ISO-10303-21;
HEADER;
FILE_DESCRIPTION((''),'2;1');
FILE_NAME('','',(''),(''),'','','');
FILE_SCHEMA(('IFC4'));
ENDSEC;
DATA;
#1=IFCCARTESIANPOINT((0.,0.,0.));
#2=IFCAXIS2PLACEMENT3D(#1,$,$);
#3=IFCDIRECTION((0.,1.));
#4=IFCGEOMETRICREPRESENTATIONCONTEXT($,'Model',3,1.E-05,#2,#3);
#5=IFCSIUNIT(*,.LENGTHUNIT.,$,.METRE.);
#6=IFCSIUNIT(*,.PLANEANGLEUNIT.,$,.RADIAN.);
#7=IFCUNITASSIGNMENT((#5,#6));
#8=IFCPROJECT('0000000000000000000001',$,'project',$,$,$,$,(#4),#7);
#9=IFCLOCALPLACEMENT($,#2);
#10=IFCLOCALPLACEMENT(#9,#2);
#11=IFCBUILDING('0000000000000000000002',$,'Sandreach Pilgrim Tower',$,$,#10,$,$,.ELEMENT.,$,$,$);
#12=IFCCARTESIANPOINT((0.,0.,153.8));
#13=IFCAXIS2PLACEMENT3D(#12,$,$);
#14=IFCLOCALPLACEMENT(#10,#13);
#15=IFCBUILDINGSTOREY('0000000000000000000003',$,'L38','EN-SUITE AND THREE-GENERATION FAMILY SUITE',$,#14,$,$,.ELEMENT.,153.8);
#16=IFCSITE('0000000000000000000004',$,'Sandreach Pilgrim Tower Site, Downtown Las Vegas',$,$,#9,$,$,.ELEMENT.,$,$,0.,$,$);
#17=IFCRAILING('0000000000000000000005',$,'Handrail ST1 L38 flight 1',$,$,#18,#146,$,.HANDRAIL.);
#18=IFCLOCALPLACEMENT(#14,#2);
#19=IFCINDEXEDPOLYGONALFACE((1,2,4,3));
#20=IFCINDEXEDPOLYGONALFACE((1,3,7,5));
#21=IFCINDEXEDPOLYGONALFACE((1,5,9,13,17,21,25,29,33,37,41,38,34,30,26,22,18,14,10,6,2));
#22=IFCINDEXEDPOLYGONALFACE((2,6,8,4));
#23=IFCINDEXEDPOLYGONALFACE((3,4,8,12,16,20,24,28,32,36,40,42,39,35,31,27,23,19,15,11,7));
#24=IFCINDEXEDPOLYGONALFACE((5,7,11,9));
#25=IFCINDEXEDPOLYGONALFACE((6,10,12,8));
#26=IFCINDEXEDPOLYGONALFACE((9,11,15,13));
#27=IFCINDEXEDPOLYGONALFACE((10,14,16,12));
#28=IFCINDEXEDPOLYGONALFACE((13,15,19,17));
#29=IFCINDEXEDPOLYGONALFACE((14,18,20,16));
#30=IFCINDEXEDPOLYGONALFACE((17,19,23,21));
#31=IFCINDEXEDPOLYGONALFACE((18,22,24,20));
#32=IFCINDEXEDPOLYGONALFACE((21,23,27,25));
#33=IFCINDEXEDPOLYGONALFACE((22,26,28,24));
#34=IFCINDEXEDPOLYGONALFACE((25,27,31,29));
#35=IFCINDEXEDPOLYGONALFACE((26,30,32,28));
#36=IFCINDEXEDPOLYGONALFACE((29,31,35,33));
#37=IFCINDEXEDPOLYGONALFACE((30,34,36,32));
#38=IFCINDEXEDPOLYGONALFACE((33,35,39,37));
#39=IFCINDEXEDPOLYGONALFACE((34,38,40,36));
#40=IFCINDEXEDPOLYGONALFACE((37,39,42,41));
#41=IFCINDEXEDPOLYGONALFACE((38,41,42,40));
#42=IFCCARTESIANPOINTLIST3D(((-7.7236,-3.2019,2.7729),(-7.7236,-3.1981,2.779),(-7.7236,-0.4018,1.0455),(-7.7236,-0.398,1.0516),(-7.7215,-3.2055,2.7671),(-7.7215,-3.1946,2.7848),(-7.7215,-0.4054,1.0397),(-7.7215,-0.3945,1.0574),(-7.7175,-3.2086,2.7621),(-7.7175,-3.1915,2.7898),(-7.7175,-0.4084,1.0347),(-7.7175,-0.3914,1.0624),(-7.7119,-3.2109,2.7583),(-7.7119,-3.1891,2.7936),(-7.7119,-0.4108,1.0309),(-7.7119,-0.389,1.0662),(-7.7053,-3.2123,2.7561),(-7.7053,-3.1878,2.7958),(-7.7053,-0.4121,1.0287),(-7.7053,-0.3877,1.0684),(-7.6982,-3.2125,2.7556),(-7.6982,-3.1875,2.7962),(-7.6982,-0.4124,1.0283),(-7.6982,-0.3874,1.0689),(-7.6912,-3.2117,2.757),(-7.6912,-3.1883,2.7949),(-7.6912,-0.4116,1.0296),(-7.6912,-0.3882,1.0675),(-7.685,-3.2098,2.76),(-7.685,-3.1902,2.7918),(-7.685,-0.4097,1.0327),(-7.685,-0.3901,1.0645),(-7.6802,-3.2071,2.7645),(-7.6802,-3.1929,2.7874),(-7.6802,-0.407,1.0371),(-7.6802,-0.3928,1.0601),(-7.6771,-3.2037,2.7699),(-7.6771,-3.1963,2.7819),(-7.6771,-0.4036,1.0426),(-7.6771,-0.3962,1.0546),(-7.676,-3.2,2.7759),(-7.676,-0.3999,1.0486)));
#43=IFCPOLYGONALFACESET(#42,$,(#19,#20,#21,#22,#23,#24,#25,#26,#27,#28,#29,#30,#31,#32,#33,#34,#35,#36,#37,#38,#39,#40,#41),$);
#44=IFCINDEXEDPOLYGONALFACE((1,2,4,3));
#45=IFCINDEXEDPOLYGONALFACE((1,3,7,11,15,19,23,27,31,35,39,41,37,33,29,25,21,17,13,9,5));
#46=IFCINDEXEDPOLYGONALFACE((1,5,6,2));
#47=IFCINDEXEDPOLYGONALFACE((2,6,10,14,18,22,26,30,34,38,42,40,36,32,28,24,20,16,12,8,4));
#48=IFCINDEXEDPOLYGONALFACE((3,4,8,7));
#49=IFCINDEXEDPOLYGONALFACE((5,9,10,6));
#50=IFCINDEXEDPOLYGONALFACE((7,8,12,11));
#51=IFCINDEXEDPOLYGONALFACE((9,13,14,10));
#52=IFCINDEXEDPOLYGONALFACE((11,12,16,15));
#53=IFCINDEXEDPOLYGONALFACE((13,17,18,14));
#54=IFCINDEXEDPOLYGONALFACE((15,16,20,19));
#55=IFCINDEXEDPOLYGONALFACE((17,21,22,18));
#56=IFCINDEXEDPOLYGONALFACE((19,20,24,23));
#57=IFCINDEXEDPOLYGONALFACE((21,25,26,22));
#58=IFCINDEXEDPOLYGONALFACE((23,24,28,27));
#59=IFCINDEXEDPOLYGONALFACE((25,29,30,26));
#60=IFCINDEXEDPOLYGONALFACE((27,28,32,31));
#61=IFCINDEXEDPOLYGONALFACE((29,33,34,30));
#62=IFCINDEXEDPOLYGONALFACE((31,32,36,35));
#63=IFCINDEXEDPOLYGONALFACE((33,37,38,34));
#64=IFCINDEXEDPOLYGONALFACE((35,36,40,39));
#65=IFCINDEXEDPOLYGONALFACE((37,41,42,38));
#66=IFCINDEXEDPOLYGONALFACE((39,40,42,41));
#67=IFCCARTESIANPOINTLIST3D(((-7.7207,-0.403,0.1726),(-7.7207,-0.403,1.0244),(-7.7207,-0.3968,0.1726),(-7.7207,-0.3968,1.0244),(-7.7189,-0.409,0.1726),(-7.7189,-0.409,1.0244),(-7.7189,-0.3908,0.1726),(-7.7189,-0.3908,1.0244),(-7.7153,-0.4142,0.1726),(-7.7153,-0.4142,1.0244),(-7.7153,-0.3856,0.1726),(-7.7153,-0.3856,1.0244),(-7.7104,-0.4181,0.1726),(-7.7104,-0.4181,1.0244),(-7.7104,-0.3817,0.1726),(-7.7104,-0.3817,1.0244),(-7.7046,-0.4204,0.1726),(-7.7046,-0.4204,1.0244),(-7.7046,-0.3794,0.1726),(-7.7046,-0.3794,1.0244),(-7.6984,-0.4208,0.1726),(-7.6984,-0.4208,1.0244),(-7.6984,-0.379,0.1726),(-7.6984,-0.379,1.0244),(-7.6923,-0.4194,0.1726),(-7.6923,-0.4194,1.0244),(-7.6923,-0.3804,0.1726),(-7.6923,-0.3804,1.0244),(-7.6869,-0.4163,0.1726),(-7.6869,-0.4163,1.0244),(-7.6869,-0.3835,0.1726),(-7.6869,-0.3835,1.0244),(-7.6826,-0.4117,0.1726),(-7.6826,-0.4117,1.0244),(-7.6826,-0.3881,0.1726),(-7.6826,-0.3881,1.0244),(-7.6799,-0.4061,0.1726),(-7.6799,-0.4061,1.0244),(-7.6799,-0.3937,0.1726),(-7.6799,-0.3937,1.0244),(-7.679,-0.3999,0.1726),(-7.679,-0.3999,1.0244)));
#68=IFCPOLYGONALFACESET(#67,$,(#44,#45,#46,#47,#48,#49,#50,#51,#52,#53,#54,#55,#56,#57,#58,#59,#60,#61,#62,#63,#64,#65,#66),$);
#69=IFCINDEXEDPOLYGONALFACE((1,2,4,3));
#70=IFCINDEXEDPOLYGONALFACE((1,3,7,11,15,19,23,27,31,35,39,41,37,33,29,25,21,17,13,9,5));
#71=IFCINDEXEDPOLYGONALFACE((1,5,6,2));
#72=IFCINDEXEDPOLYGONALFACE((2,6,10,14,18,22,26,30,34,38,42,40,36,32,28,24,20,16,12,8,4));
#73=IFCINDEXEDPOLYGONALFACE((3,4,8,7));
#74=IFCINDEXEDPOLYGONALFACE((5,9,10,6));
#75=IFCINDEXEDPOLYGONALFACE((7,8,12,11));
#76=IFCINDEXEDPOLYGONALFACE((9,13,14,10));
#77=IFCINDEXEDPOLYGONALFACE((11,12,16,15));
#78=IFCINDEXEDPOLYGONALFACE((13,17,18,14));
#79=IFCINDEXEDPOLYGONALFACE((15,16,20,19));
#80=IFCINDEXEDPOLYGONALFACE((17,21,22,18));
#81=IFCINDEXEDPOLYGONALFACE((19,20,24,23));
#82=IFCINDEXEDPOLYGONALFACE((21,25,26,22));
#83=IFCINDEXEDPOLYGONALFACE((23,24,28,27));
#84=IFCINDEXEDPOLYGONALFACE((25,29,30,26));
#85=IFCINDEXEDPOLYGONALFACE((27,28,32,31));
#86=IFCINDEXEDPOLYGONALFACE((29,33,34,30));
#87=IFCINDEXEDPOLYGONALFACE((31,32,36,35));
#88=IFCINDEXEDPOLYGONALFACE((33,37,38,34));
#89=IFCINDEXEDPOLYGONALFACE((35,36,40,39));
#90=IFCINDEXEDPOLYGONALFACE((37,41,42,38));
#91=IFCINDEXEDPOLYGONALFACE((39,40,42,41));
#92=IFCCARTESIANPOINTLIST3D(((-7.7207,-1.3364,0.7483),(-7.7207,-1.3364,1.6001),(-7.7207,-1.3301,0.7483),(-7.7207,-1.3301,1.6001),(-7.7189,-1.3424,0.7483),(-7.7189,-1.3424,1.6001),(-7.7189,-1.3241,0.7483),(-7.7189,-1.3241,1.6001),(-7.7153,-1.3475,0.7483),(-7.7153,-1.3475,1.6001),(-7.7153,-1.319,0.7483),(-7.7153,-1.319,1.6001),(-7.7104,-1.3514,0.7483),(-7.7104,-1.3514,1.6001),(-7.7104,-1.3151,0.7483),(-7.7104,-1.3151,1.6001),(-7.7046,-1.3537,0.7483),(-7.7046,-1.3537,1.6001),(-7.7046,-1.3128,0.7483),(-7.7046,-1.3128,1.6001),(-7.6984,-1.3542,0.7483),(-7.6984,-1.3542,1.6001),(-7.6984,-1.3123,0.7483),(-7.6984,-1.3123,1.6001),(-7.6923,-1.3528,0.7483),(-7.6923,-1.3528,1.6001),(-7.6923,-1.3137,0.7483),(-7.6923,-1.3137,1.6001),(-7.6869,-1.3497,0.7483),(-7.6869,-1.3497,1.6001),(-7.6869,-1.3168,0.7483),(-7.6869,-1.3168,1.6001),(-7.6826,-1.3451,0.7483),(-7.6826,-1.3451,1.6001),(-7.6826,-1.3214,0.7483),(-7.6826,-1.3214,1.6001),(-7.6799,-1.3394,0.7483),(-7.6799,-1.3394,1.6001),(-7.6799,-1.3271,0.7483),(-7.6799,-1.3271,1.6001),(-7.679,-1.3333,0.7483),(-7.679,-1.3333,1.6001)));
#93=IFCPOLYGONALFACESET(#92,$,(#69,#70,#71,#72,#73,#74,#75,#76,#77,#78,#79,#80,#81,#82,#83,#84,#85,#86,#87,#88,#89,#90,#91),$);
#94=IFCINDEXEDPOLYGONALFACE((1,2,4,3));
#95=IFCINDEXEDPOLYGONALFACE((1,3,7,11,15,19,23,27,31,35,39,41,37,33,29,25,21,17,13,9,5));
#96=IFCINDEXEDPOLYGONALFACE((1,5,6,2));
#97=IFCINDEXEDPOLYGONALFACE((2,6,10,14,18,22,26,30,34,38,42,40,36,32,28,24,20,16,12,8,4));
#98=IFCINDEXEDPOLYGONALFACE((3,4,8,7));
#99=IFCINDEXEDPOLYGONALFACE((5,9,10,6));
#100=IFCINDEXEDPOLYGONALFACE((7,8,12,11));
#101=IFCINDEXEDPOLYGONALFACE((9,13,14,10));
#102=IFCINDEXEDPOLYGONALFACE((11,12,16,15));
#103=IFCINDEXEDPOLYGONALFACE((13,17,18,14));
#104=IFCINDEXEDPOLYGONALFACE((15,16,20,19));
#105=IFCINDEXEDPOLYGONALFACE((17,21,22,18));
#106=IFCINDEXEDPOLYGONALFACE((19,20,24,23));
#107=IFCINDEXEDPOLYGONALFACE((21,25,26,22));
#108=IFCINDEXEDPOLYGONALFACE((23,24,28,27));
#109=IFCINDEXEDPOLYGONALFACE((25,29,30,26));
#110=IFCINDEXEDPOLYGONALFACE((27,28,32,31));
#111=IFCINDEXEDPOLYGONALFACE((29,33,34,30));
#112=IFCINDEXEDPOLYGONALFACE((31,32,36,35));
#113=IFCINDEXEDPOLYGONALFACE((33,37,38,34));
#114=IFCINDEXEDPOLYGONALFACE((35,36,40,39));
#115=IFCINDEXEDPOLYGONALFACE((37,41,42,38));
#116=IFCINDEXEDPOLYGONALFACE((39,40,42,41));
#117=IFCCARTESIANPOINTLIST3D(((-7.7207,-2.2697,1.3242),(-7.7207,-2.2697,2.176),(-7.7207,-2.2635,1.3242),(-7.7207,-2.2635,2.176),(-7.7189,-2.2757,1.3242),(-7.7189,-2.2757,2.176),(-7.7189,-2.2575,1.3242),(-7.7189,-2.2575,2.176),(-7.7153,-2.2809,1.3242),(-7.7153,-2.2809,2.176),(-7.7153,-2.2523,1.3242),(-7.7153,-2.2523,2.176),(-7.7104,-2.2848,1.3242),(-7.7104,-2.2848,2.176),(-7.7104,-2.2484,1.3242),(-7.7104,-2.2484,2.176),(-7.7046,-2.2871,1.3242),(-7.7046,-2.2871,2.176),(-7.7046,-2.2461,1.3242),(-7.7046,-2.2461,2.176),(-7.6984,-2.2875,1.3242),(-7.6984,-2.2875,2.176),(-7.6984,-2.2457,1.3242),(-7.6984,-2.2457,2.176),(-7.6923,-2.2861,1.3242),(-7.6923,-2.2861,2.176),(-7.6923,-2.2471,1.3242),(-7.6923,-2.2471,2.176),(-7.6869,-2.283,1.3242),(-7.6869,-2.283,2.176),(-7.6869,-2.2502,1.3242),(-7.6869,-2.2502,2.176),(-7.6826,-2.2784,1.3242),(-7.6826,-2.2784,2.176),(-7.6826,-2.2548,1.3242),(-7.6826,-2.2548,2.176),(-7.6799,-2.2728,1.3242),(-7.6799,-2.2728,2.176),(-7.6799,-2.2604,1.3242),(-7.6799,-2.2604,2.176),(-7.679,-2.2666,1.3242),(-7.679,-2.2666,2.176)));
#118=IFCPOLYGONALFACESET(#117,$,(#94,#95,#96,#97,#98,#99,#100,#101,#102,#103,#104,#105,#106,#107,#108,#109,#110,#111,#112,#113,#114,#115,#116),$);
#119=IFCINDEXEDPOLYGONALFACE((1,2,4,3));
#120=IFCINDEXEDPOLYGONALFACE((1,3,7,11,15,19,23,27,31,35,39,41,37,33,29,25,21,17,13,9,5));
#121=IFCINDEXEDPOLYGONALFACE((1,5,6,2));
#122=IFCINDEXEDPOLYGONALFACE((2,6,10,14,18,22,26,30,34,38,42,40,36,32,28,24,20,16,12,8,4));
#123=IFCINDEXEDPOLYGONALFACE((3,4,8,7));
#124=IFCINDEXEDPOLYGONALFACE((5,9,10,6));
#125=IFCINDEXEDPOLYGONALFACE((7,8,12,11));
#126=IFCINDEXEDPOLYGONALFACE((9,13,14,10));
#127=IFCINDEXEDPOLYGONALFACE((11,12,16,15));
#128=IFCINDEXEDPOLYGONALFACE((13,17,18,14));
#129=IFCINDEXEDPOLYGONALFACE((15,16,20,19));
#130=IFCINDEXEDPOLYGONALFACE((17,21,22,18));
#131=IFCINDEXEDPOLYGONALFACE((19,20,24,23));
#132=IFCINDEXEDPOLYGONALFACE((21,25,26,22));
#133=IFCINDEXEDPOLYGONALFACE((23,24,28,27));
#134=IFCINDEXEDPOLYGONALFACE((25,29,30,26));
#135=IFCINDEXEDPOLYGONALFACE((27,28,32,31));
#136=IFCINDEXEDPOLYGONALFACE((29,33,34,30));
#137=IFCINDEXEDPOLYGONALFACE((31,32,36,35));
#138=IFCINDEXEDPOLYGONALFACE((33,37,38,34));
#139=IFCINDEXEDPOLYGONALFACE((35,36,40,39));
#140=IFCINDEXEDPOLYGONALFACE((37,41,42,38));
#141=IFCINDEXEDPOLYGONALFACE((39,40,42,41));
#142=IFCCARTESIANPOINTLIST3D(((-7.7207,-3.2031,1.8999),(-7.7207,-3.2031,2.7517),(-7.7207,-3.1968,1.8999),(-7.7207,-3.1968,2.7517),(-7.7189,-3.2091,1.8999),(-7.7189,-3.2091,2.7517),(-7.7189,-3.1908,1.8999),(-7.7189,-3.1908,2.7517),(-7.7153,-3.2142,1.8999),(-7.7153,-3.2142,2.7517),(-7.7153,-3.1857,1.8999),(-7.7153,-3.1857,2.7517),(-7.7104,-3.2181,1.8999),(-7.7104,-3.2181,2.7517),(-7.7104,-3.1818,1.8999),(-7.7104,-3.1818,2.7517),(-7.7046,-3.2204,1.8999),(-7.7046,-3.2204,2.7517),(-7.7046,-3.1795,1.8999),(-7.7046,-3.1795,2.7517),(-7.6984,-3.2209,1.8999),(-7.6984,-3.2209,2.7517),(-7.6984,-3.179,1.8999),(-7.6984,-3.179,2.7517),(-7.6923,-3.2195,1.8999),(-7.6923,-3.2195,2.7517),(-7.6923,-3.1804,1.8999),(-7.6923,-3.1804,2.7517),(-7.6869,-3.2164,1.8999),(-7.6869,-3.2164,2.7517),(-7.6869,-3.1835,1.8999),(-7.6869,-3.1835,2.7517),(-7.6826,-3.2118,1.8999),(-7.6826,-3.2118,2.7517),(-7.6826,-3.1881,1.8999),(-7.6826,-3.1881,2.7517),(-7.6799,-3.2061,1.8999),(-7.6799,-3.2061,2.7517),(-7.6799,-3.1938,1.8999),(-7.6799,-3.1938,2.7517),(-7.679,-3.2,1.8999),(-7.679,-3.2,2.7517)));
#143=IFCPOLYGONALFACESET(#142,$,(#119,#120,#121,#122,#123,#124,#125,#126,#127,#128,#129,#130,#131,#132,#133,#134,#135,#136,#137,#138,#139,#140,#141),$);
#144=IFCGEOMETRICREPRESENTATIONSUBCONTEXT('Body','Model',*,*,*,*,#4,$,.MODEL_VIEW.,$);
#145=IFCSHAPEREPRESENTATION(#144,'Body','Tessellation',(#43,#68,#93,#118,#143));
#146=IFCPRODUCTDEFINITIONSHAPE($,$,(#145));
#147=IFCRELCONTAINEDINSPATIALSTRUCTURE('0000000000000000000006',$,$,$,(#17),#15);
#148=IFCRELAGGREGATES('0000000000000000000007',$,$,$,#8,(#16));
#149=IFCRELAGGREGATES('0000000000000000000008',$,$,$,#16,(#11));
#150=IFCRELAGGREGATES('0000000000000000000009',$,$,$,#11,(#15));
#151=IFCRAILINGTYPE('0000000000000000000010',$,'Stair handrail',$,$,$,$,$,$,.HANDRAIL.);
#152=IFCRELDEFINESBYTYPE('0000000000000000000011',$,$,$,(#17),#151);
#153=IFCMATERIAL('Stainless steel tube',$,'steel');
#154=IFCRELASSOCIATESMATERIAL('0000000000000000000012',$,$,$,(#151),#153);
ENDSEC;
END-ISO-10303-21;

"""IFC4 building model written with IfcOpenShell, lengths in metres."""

from ifc_helpers import new_model, si_unit, direction, frame, origin, origin_2d, place, context, subcontext, project, spatial, circle, extrude, material, type_object, element, save


model = new_model("IFC4")

# Units and contexts
model_context = context("Model", 3, precision=1e-05, world=origin(), true_north=direction((0.0, 1.0)))
body_context = subcontext(model_context, "Body", "Model", "MODEL_VIEW")
ifc_project = project(units=[si_unit("LENGTHUNIT", "METRE"), si_unit("PLANEANGLEUNIT", "RADIAN")], contexts=[model_context])

# Site, building, storey
site_placement = place(None, origin())
site = spatial("IfcSite", under=ifc_project, at=site_placement, Name="Sandreach Pilgrim Tower Site, Downtown Las Vegas", CompositionType="ELEMENT", RefElevation=0.0)
building_placement = place(site_placement, origin())
building = spatial("IfcBuilding", under=site, at=building_placement, Name="Sandreach Pilgrim Tower", CompositionType="ELEMENT")
storey_placement = place(building_placement, frame((0.0, 0.0, 153.8)))
storey = spatial("IfcBuildingStorey", under=building, at=storey_placement, Name="L38", Description="EN-SUITE AND THREE-GENERATION FAMILY SUITE", CompositionType="ELEMENT", Elevation=153.8)

# Railing
ifc_material_1 = material(Name="Stainless steel tube", Category="steel")
railing_type = type_object("IfcRailingType", Name="Stair handrail", PredefinedType="HANDRAIL", material=ifc_material_1)
for number, where, name in (
    (1, (-7.7, -0.3999, 0.1726), "Handrail ST1 L38 flight 1"),
):
    element("IfcRailing", number, at=place(storey_placement, frame(where)), inside=storey, type_object=railing_type, Name=name, PredefinedType="HANDRAIL", context=body_context, shape_type="SweptSolid", body=[
        extrude(circle(Radius=0.0239, at=origin_2d()), frame((0.0, 0.0, 0.876), z_axis=(0.0, -0.85109, 0.52502), x_axis=(1.0, 0.0, 0.0)), (0.0, 0.0, 1.0), 3.29),
        extrude(circle(Radius=0.021, at=origin_2d()), origin(), (0.0, 0.0, 1.0), 0.8518),
        extrude(circle(Radius=0.021, at=origin_2d()), frame((0.0, -0.9333, 0.5757)), (0.0, 0.0, 1.0), 0.8518),
        extrude(circle(Radius=0.021, at=origin_2d()), frame((0.0, -1.8667, 1.1516)), (0.0, 0.0, 1.0), 0.8518),
        extrude(circle(Radius=0.021, at=origin_2d()), frame((0.0, -2.8, 1.7273)), (0.0, 0.0, 1.0), 0.8518),
    ])

save(model, "model.ifc")
